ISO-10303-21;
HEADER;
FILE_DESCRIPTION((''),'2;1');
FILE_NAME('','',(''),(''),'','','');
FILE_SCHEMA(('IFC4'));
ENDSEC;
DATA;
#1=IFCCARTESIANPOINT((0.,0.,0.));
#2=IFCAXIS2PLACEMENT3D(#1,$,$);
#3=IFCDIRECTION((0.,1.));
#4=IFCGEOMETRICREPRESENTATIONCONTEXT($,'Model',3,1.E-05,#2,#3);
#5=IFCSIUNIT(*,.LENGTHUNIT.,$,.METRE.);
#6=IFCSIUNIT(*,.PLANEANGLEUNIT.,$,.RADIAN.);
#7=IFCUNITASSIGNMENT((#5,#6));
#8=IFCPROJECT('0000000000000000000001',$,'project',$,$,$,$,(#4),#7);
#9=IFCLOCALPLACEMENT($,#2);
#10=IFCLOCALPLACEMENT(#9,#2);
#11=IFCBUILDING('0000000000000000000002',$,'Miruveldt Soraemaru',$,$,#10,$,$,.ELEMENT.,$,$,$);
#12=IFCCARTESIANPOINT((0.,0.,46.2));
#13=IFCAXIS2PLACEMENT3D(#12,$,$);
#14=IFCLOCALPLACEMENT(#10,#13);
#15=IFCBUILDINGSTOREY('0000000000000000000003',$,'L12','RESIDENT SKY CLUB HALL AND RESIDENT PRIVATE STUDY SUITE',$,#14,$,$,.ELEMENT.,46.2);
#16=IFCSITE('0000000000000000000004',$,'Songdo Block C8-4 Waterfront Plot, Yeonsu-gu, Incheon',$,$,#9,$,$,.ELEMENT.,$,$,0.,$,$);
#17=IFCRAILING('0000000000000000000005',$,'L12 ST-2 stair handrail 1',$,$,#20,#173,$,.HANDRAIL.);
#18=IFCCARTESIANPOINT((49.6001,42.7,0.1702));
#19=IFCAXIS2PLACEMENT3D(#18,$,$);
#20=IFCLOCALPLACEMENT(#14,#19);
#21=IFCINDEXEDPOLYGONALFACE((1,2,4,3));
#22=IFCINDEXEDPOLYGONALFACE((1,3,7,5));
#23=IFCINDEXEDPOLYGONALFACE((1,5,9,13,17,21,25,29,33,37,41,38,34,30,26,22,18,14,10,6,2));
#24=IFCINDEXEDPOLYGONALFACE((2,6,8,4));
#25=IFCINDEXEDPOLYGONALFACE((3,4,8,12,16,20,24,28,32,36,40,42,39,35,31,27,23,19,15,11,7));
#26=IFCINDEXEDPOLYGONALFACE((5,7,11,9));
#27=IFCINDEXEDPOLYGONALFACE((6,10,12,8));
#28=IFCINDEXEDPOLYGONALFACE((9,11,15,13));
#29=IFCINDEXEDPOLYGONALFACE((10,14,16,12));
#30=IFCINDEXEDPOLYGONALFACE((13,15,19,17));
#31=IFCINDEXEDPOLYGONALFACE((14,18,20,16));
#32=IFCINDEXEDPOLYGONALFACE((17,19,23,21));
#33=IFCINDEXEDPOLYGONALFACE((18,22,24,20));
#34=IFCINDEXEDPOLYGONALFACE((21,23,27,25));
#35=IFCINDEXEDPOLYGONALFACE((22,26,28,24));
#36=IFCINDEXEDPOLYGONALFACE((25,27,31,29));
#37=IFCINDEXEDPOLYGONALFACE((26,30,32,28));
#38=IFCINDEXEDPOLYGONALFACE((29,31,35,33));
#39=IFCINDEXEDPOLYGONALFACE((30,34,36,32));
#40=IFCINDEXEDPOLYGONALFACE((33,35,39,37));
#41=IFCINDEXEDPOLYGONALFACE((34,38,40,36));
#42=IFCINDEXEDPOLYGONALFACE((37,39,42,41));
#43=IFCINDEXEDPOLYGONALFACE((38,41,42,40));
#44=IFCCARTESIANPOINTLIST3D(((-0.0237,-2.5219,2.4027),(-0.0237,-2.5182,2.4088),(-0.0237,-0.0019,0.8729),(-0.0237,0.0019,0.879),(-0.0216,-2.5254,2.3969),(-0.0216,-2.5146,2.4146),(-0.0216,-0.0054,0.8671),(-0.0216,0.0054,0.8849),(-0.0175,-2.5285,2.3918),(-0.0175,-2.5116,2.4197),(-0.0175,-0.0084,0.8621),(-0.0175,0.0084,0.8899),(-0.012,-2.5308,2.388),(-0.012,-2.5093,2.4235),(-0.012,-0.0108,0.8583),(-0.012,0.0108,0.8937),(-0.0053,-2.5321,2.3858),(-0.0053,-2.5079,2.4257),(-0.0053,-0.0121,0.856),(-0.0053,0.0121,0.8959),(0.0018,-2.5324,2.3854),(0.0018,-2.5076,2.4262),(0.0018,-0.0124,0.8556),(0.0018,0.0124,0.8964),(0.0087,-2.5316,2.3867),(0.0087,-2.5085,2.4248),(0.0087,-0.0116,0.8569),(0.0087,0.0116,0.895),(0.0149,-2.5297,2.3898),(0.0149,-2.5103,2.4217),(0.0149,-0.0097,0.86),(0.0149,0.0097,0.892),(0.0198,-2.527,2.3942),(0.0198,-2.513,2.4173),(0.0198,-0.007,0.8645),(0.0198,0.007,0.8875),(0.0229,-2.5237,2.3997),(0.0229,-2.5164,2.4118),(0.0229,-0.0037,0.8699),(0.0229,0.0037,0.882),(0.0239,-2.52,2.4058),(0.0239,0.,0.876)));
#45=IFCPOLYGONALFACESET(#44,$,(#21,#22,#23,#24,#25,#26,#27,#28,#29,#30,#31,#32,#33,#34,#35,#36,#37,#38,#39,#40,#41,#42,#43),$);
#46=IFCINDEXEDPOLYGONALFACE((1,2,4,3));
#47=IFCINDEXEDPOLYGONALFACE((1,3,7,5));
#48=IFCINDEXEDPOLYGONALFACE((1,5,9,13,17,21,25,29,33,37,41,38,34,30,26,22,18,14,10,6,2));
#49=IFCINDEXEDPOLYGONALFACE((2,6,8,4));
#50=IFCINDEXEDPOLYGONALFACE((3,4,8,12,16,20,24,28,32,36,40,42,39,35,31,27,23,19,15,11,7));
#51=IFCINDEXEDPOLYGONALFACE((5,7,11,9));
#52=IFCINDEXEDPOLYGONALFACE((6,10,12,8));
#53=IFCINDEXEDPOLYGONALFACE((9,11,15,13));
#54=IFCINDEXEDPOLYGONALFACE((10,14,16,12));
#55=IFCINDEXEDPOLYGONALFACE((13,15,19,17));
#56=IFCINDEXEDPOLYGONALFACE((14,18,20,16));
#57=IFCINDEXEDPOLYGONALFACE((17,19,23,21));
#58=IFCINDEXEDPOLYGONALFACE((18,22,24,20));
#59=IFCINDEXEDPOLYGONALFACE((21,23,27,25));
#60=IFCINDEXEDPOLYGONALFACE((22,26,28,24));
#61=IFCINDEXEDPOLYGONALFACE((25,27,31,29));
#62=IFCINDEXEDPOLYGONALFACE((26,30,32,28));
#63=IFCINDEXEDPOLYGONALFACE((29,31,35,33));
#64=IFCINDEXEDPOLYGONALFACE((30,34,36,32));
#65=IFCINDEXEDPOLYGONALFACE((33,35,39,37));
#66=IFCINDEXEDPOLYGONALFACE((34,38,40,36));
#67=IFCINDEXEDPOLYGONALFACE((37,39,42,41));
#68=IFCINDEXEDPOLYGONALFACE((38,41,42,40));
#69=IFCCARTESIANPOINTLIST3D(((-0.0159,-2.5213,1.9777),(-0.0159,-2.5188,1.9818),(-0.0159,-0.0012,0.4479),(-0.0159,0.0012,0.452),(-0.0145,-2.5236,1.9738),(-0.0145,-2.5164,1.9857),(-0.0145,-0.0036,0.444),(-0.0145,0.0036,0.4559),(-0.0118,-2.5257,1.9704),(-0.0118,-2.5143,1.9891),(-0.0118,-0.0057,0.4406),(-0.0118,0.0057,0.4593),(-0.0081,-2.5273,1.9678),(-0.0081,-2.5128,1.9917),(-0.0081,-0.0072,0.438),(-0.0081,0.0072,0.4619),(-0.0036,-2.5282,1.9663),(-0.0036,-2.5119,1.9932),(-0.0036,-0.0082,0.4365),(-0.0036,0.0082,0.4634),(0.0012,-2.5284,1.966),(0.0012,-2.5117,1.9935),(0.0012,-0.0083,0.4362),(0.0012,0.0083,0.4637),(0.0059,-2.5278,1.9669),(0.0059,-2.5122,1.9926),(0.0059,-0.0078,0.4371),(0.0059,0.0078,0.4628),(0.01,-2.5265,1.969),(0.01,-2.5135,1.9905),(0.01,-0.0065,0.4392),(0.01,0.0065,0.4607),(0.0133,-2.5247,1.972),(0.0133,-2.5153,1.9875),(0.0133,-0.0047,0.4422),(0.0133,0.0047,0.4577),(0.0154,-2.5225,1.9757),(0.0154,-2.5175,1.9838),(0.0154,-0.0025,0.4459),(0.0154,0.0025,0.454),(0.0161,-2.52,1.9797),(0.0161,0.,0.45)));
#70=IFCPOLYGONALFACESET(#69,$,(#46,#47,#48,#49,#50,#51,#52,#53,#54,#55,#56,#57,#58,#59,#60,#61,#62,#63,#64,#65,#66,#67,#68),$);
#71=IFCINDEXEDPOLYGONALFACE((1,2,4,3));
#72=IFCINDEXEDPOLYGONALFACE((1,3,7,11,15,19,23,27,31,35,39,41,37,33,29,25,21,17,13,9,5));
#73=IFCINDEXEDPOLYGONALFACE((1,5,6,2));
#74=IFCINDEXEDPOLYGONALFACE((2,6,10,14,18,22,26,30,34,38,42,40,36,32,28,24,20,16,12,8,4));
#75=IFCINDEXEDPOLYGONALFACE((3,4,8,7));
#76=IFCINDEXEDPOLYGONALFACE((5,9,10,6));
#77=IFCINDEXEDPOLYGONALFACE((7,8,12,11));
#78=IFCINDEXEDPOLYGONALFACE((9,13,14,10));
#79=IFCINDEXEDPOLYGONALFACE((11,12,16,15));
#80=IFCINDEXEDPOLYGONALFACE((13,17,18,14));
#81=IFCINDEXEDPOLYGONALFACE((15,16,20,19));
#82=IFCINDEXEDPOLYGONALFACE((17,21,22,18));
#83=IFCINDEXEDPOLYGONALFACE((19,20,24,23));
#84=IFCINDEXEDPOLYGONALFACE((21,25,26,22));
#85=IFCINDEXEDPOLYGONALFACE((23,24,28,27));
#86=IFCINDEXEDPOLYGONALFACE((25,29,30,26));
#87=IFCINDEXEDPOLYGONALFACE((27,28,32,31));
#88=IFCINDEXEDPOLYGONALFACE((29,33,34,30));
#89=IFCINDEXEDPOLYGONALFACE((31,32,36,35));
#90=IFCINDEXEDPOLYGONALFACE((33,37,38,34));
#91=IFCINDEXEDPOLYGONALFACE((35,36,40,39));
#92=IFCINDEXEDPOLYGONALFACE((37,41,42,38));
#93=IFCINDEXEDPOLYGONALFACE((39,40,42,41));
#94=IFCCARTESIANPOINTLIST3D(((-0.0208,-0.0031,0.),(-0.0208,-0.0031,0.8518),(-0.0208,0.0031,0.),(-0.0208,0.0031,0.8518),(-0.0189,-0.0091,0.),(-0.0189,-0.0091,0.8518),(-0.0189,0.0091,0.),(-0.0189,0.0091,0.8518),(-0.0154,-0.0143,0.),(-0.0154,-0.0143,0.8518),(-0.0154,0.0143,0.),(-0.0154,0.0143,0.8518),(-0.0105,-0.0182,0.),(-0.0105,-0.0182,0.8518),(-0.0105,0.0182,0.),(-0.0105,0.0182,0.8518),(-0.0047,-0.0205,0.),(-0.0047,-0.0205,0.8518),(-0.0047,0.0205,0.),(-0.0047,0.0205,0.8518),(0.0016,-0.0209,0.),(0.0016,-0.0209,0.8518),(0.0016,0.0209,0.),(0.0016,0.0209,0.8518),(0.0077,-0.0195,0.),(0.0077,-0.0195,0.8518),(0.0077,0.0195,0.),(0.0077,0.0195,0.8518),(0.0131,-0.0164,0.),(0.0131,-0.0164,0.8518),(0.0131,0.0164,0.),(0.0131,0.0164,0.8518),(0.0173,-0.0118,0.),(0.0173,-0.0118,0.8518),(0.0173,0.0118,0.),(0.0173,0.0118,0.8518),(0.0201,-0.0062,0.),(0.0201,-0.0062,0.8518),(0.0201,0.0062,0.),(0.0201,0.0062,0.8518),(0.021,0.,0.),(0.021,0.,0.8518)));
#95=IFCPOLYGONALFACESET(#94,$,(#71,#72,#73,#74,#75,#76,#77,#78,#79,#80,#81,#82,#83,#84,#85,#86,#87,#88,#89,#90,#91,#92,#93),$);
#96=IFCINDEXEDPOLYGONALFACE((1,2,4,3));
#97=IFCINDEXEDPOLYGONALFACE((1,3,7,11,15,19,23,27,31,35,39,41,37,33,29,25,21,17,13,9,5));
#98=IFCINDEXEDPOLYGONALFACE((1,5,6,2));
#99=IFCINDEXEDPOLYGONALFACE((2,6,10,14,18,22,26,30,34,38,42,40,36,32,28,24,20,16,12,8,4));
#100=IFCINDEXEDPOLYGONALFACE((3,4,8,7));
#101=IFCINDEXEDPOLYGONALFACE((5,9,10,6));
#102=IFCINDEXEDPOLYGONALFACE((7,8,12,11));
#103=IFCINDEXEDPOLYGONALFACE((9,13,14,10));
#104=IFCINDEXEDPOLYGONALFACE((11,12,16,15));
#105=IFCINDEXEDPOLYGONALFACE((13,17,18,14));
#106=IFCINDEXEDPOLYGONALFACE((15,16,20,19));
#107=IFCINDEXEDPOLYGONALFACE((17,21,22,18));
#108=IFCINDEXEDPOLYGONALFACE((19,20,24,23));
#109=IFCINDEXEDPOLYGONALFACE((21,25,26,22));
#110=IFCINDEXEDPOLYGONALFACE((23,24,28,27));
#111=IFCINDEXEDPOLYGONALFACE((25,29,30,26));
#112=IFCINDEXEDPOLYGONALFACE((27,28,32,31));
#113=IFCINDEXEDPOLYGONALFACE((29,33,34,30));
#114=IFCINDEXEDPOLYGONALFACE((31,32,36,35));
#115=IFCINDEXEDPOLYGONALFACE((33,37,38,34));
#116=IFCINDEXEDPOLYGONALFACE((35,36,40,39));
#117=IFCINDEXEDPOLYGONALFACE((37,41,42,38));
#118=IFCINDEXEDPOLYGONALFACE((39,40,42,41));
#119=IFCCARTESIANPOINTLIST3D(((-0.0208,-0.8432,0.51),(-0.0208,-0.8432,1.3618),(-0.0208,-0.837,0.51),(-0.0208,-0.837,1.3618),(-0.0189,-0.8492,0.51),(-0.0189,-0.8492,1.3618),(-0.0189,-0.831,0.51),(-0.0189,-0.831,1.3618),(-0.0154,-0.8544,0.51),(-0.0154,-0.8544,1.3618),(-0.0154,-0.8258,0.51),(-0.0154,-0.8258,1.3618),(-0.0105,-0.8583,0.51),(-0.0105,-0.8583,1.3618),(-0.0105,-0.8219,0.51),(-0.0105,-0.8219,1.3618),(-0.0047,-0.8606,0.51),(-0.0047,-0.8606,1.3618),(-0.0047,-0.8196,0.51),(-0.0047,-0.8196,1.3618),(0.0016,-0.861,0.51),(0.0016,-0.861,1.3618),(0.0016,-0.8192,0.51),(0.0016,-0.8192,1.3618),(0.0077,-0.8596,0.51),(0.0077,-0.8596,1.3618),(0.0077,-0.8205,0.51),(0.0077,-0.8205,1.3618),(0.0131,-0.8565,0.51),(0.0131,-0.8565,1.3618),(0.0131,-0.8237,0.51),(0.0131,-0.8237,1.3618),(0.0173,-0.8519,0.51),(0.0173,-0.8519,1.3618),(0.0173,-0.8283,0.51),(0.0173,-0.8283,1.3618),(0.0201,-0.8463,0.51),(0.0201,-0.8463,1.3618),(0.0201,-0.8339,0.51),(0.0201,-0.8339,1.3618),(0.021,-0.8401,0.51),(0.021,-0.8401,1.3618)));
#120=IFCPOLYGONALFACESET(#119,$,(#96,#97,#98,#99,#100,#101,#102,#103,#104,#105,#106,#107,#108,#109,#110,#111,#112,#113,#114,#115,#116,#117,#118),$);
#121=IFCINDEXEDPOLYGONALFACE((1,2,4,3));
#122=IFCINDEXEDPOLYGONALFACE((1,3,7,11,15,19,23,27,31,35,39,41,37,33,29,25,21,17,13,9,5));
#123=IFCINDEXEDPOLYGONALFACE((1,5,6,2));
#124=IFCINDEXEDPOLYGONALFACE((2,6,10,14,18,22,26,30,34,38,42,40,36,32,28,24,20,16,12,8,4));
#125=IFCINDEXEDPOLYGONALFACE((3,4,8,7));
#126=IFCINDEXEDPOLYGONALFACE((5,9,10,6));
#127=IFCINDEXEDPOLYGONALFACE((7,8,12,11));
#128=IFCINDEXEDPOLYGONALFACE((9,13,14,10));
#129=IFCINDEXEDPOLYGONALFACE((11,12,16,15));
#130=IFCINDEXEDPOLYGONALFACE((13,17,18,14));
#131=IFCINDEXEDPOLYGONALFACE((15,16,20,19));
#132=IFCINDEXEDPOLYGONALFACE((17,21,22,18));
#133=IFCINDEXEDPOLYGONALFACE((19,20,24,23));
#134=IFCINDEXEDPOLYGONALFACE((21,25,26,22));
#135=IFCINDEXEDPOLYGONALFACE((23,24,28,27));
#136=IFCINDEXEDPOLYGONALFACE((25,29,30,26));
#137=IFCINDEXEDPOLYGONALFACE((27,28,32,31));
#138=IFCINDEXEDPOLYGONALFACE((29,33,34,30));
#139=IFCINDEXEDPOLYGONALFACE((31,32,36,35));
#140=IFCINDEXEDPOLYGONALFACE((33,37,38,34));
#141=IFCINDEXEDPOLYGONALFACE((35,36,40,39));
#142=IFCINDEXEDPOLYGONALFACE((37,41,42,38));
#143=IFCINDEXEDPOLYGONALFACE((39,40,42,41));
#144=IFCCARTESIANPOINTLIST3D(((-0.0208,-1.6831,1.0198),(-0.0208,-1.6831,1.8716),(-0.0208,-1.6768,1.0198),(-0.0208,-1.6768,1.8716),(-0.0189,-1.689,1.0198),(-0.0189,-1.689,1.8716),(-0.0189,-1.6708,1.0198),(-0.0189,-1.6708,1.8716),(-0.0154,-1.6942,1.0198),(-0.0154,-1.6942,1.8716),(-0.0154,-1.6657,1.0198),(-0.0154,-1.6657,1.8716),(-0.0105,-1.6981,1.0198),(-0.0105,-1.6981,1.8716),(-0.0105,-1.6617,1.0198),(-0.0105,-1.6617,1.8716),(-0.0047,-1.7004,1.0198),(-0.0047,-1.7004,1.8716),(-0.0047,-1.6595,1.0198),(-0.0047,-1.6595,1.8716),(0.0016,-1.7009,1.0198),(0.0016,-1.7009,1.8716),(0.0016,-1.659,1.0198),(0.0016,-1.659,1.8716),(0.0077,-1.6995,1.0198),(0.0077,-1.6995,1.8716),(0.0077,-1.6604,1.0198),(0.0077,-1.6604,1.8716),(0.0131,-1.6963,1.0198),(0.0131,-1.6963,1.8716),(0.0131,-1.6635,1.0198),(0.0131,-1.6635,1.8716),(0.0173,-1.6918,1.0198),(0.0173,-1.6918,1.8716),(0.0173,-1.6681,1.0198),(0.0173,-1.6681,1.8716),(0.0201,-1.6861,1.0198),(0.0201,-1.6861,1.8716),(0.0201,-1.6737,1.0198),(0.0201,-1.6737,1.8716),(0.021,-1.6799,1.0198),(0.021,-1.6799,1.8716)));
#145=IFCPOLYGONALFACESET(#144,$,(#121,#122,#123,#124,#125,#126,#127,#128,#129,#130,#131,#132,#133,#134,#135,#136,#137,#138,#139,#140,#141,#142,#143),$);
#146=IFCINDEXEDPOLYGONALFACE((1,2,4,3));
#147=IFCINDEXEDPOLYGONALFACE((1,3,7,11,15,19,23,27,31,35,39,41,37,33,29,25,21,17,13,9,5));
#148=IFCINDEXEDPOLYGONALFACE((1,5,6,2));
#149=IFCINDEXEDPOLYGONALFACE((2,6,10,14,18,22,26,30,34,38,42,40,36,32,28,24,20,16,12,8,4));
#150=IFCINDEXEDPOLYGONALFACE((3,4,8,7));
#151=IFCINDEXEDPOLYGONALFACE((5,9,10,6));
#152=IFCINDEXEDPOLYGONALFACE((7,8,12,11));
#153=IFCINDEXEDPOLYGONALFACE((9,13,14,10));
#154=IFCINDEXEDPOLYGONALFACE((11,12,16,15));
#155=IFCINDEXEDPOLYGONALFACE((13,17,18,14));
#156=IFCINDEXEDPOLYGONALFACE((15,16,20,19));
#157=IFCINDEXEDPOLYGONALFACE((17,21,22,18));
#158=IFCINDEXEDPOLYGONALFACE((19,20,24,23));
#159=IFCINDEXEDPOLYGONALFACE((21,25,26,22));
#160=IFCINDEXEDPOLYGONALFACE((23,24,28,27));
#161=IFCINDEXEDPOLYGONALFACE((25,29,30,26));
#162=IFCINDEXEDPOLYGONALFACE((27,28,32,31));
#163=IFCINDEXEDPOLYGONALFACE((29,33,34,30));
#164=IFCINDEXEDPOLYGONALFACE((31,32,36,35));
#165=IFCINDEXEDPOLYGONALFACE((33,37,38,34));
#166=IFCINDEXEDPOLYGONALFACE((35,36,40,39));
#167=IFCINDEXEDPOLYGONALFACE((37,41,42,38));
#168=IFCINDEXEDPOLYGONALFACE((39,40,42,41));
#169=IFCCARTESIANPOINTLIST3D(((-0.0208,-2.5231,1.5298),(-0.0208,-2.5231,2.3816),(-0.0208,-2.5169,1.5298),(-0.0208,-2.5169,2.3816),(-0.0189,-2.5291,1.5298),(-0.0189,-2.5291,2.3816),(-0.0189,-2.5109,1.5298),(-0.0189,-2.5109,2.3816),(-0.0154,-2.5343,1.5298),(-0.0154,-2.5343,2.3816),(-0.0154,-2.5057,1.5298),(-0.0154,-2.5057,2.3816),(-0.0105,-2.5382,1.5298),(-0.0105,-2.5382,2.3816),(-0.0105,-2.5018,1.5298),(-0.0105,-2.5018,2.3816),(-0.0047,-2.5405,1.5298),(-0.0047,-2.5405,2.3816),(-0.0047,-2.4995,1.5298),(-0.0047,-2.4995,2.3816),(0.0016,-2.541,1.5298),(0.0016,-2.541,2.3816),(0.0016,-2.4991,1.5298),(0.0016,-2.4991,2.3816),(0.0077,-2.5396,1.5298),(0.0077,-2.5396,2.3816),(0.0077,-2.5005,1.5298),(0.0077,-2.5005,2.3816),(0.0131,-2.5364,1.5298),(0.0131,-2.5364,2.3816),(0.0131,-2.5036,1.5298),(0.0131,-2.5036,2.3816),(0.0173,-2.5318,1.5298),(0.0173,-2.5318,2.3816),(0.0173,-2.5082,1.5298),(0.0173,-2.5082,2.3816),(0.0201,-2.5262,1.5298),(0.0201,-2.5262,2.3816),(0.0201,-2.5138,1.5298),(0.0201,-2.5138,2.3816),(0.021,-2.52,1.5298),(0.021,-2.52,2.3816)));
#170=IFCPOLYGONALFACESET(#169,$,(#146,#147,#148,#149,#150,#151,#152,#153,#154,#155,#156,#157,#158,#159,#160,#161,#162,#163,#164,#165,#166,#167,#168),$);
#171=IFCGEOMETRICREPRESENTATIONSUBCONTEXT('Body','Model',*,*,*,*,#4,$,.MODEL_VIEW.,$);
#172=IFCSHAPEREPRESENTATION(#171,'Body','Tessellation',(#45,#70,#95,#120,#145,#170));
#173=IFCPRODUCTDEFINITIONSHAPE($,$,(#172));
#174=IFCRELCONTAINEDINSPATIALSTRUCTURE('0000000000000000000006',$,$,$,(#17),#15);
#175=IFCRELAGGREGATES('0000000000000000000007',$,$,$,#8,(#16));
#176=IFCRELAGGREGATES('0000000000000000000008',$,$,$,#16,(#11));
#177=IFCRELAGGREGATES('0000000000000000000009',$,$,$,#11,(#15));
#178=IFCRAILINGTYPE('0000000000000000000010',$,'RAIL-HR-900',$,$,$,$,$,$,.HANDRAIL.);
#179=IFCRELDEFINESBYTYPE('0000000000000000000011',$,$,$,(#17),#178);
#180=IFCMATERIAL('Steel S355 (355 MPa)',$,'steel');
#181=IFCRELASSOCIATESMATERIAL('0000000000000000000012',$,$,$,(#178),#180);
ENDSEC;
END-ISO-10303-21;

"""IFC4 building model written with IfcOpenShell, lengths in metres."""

from ifc_helpers import new_model, si_unit, direction, frame, origin, origin_2d, place, context, subcontext, project, spatial, circle, extrude, material, type_object, element, save


model = new_model("IFC4")

# Units and contexts
model_context = context("Model", 3, precision=1e-05, world=origin(), true_north=direction((0.0, 1.0)))
body_context = subcontext(model_context, "Body", "Model", "MODEL_VIEW")
ifc_project = project(units=[si_unit("LENGTHUNIT", "METRE"), si_unit("PLANEANGLEUNIT", "RADIAN")], contexts=[model_context])

# Site, building, storey
site_placement = place(None, origin())
site = spatial("IfcSite", under=ifc_project, at=site_placement, Name="Songdo Block C8-4 Waterfront Plot, Yeonsu-gu, Incheon", CompositionType="ELEMENT", RefElevation=0.0)
building_placement = place(site_placement, origin())
building = spatial("IfcBuilding", under=site, at=building_placement, Name="Miruveldt Soraemaru", CompositionType="ELEMENT")
storey_placement = place(building_placement, frame((0.0, 0.0, 46.2)))
storey = spatial("IfcBuildingStorey", under=building, at=storey_placement, Name="L12", Description="RESIDENT SKY CLUB HALL AND RESIDENT PRIVATE STUDY SUITE", CompositionType="ELEMENT", Elevation=46.2)

# Railing
ifc_material_1 = material(Name="Steel S355 (355 MPa)", Category="steel")
railing_type_1 = type_object("IfcRailingType", Name="RAIL-HR-900", PredefinedType="HANDRAIL", material=ifc_material_1)
railing_1_placement = place(storey_placement, frame((49.6001, 42.7, 0.1702)))
element("IfcRailing", 1, at=railing_1_placement, inside=storey, type_object=railing_type_1, Name="L12 ST-2 stair handrail 1", PredefinedType="HANDRAIL", context=body_context, shape_type="SweptSolid", body=[
    extrude(circle(Radius=0.0239, at=origin_2d()), frame((0.0, 0.0, 0.876), z_axis=(0.0, -0.854822, 0.518922), x_axis=(1.0, 0.0, 0.0)), (0.0, 0.0, 1.0), 2.948),
    extrude(circle(Radius=0.0161, at=origin_2d()), frame((0.0, 0.0, 0.45), z_axis=(0.0, -0.854822, 0.518922), x_axis=(1.0, 0.0, 0.0)), (0.0, 0.0, 1.0), 2.948),
    extrude(circle(Radius=0.021, at=origin_2d()), origin(), (0.0, 0.0, 1.0), 0.8518),
    extrude(circle(Radius=0.021, at=origin_2d()), frame((0.0, -0.8401, 0.51)), (0.0, 0.0, 1.0), 0.8518),
    extrude(circle(Radius=0.021, at=origin_2d()), frame((0.0, -1.6799, 1.0198)), (0.0, 0.0, 1.0), 0.8518),
    extrude(circle(Radius=0.021, at=origin_2d()), frame((0.0, -2.52, 1.5298)), (0.0, 0.0, 1.0), 0.8518),
])

save(model, "model.ifc")
